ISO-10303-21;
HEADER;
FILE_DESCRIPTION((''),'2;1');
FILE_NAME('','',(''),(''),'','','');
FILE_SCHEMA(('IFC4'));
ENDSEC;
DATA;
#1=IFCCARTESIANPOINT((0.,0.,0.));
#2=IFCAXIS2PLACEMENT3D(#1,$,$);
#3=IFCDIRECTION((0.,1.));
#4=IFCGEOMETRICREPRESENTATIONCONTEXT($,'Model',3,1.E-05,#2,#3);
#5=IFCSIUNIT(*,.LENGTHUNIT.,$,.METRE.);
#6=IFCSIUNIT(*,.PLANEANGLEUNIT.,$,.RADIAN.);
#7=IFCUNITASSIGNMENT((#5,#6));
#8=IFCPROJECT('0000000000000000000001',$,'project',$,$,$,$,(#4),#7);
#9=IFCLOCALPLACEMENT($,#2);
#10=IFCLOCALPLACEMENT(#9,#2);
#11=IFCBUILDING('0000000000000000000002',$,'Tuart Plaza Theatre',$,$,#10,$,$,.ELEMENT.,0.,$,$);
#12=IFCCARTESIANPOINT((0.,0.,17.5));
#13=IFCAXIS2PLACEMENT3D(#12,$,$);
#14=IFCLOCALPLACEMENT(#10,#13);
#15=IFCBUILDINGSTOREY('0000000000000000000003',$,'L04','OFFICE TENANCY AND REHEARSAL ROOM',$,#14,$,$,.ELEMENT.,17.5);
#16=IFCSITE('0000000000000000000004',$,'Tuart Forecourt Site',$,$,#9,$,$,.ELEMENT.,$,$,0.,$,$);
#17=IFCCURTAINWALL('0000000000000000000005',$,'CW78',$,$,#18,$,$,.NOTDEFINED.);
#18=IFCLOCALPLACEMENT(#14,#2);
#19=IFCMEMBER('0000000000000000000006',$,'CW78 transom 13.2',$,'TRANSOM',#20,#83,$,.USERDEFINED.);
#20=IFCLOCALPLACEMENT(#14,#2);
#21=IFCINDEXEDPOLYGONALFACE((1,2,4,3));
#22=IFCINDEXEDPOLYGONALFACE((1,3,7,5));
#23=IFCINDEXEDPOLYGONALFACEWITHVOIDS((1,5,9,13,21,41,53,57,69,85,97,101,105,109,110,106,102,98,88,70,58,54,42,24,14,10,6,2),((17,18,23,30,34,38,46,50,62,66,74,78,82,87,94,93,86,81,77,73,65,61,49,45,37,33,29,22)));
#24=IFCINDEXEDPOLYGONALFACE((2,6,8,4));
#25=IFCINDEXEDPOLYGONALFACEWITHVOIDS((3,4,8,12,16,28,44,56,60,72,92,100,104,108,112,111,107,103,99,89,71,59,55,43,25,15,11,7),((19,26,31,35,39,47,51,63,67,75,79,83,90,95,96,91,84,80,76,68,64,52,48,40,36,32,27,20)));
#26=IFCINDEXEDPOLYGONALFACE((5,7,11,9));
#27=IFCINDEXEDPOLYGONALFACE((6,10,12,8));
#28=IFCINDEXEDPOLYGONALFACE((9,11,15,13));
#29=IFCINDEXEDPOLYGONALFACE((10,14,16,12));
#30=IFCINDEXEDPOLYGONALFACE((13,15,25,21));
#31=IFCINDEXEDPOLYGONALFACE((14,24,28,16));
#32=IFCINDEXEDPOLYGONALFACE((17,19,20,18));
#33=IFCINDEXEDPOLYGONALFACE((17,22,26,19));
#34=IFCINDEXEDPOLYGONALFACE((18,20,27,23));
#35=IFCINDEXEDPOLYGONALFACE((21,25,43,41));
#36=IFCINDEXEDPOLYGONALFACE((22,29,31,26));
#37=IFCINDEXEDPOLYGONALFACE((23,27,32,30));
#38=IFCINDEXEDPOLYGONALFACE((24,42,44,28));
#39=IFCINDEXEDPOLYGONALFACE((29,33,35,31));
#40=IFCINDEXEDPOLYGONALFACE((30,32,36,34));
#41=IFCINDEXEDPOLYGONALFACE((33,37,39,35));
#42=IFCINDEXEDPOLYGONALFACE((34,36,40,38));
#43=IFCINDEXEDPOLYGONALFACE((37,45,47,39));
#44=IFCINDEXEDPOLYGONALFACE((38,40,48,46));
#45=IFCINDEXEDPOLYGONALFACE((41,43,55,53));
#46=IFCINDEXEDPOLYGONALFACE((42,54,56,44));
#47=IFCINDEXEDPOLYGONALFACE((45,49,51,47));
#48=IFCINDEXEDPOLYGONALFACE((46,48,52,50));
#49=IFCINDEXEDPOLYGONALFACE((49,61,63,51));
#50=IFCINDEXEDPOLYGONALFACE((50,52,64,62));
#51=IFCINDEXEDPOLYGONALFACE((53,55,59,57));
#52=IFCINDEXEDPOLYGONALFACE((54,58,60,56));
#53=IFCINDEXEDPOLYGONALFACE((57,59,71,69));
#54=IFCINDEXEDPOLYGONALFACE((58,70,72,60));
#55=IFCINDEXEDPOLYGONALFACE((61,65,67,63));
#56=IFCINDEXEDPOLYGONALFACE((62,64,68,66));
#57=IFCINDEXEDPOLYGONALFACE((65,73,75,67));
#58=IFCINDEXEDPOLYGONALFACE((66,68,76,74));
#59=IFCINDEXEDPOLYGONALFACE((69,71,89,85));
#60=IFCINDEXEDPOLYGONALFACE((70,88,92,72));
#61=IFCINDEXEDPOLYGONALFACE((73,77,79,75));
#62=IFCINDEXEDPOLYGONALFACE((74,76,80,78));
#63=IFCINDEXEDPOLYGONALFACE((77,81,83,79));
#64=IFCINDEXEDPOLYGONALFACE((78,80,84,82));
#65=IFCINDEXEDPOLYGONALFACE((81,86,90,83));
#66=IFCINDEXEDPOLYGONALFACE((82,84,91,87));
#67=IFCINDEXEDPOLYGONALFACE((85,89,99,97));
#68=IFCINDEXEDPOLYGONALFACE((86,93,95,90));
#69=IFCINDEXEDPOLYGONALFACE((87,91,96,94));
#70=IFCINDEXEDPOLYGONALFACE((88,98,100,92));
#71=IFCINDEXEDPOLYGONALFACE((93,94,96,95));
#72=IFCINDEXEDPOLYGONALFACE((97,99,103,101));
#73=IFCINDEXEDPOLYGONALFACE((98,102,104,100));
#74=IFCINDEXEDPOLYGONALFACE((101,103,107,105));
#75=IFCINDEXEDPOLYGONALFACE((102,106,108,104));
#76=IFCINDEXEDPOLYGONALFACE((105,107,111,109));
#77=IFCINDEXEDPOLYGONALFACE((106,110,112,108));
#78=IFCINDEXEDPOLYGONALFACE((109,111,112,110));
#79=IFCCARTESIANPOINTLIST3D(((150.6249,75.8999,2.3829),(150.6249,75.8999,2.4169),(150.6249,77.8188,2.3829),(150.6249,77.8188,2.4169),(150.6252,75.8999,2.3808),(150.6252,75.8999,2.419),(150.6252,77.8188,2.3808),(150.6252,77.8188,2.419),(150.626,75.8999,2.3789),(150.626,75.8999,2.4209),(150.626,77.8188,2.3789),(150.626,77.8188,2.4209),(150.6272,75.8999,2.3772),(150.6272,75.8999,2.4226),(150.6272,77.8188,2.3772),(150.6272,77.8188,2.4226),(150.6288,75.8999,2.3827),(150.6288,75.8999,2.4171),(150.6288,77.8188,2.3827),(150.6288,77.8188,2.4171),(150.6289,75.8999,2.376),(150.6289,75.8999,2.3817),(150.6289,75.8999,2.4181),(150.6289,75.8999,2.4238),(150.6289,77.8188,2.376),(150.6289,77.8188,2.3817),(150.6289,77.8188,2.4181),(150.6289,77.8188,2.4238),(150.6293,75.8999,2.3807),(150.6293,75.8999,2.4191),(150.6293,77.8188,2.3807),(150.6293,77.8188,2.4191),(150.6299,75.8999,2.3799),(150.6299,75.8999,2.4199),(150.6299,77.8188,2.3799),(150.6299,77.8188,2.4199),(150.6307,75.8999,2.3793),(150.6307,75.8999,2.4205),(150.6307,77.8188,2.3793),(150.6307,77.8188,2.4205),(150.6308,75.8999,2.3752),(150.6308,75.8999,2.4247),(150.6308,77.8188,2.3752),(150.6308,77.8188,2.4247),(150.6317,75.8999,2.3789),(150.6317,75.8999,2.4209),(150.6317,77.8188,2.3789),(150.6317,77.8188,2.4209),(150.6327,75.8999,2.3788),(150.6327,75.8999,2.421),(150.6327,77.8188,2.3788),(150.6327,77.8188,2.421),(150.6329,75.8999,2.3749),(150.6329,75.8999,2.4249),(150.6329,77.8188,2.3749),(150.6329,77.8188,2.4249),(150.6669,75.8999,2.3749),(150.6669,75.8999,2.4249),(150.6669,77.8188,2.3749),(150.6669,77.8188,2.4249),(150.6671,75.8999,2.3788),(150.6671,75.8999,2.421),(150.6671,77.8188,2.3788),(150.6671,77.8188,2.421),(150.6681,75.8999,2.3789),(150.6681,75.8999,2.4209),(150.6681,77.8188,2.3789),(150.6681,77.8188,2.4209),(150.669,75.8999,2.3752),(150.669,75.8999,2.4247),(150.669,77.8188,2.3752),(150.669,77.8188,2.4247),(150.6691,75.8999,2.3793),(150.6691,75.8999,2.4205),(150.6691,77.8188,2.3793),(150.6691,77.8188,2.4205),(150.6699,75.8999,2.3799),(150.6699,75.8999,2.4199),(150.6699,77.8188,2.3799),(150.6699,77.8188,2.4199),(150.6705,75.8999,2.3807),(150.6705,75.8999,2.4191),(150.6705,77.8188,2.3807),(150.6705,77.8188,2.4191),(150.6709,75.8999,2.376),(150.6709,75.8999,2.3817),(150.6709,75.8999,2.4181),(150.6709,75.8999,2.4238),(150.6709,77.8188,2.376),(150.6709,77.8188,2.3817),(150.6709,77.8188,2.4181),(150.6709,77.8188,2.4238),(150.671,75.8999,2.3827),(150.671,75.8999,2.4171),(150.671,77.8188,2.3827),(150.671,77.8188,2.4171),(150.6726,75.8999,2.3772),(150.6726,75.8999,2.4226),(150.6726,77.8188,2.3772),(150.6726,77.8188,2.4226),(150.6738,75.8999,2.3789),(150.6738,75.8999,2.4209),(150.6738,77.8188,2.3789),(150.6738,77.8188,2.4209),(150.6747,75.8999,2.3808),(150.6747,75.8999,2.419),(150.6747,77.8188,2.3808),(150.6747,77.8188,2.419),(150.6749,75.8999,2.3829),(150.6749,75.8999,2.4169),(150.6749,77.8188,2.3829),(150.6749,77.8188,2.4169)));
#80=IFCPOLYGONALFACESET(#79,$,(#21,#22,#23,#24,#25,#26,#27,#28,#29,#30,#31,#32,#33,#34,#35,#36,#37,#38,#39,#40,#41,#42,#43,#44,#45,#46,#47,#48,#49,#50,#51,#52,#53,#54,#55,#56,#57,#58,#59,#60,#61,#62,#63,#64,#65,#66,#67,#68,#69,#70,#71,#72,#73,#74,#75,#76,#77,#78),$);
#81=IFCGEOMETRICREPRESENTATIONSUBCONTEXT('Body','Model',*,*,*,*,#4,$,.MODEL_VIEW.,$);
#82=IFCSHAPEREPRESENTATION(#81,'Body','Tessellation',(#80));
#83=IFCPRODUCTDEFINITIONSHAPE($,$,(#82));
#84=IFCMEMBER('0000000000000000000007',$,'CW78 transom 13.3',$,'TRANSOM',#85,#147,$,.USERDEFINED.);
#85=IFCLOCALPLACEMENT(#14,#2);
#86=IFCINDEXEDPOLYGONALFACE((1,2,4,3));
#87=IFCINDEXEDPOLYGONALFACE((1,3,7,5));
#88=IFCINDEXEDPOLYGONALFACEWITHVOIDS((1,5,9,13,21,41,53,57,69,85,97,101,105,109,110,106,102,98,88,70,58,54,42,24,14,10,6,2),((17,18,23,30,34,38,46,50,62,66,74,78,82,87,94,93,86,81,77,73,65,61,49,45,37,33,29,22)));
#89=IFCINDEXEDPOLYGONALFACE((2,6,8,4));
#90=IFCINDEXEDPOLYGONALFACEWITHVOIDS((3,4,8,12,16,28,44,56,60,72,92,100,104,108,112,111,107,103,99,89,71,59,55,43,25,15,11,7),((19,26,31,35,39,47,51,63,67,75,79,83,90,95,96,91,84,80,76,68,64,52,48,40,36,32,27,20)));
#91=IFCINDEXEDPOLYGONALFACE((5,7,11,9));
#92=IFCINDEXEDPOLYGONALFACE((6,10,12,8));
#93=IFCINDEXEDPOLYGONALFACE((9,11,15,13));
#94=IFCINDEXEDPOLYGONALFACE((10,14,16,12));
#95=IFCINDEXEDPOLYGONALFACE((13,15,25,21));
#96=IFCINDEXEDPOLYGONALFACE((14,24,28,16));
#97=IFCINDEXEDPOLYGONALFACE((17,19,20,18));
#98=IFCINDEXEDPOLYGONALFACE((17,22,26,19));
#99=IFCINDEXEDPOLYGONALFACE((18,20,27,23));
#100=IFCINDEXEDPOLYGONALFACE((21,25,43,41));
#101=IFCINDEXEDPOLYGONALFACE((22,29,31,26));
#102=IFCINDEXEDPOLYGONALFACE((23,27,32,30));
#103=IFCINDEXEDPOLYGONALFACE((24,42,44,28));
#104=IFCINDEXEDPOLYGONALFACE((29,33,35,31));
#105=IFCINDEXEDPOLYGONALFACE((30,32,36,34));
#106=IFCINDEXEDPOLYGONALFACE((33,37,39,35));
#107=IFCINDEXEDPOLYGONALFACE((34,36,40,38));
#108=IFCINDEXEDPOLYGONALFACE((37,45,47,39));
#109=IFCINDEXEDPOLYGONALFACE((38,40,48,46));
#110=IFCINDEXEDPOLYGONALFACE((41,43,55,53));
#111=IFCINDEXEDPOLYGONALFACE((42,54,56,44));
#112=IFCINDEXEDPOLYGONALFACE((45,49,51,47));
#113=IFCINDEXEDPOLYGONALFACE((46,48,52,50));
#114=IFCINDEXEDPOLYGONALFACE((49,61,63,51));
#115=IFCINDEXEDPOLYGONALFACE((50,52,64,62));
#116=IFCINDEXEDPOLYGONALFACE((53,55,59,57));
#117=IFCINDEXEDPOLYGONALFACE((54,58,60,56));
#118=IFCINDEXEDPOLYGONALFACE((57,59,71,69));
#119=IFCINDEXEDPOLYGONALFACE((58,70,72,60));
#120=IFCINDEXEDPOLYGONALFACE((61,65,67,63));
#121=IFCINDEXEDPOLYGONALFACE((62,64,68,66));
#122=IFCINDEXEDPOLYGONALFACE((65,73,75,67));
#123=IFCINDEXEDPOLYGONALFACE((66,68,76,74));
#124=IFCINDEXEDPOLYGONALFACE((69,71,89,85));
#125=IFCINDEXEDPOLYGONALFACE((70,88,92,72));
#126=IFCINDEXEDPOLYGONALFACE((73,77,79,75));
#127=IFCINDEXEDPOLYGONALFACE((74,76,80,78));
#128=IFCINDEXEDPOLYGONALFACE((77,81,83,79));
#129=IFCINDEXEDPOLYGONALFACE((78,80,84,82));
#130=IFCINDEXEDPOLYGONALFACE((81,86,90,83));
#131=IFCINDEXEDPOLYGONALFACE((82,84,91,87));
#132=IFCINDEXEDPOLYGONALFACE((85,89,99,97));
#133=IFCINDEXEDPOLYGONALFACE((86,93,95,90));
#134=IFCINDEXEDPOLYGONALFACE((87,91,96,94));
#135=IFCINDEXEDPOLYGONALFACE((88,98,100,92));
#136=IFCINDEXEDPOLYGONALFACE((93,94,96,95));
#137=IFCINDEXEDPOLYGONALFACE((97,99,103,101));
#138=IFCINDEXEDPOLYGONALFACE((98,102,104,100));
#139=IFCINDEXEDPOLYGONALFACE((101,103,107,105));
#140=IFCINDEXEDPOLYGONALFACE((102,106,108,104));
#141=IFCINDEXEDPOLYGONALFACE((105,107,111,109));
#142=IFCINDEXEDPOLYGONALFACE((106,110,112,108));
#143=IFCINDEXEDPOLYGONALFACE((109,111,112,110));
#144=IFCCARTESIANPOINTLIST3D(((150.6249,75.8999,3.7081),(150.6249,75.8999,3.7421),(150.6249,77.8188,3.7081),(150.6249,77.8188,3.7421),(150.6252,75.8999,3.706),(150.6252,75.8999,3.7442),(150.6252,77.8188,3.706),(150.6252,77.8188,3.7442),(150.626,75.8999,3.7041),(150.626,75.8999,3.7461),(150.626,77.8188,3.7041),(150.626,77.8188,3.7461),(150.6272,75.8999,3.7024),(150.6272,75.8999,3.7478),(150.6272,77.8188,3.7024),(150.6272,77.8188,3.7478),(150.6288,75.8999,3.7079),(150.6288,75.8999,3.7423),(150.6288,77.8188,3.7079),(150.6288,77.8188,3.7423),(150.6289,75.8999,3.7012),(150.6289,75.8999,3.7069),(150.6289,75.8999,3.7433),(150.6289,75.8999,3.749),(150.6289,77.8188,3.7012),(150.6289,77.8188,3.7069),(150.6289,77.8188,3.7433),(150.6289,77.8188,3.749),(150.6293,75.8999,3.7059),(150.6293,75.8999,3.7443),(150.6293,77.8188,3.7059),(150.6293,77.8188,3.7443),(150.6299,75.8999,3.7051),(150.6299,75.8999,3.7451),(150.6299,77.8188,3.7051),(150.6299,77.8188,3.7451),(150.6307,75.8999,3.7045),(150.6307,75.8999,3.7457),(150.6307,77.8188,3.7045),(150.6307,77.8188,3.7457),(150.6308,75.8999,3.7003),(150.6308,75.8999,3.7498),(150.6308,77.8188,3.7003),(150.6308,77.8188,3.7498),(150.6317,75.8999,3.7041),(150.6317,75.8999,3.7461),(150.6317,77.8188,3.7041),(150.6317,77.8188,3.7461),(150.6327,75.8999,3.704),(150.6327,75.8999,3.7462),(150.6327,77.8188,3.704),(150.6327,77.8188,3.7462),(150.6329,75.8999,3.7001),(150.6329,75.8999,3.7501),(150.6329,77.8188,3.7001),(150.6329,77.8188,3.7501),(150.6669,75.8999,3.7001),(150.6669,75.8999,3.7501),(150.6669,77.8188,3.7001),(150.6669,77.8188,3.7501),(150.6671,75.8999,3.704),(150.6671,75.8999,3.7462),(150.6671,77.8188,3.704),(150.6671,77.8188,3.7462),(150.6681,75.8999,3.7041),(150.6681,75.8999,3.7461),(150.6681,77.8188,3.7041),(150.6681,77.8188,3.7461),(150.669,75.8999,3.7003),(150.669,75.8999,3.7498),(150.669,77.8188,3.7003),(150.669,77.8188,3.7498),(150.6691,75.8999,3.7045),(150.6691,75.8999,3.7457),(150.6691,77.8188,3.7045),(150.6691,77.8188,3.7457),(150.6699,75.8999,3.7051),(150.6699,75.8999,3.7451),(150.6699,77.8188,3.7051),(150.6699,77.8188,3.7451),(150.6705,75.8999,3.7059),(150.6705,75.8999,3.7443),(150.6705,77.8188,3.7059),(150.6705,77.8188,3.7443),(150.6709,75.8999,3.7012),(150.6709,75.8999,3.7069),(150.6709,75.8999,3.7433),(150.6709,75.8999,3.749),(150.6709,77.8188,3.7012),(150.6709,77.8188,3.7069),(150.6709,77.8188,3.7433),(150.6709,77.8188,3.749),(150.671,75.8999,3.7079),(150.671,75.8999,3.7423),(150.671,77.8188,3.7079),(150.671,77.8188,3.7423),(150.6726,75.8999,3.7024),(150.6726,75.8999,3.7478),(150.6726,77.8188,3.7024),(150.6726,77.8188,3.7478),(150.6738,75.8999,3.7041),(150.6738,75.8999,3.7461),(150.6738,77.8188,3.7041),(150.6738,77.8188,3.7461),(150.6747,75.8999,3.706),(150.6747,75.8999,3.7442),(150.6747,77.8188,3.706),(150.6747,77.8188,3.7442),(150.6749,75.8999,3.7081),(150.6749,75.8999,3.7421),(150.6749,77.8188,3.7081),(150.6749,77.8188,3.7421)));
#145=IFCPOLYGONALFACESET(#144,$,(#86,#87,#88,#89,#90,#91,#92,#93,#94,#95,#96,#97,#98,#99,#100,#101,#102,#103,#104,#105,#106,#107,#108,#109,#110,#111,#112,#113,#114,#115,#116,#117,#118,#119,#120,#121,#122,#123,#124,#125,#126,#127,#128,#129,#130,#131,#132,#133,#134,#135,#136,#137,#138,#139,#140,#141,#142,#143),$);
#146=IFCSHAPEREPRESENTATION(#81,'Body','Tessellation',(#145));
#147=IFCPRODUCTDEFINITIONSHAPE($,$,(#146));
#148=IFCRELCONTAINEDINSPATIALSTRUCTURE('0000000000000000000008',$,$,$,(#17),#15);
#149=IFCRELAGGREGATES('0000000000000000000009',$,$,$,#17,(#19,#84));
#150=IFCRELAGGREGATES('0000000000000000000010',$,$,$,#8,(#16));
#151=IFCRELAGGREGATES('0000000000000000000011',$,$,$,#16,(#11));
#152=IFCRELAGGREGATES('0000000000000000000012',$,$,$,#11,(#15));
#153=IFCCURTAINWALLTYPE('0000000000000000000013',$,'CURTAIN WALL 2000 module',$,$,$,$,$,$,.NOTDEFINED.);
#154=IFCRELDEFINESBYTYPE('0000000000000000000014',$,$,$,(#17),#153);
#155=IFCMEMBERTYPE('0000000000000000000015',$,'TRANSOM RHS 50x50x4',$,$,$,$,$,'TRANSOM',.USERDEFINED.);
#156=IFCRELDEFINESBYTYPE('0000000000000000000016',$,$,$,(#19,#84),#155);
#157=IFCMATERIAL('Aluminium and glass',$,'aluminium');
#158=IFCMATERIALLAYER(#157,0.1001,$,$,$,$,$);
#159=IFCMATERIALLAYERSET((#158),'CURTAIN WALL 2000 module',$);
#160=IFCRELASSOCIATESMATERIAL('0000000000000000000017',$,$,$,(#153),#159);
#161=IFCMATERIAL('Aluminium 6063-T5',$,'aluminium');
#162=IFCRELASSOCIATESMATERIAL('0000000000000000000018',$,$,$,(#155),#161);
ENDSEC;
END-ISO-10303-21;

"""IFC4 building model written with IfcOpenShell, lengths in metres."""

from ifc_helpers import new_model, si_unit, direction, frame, origin, origin_2d, place, context, subcontext, project, spatial, hollow_rectangle, extrude, material, layer, layer_set, material_profile, profile_set, type_object, element, aggregate, save


model = new_model("IFC4")

# Units and contexts
model_context = context("Model", 3, precision=1e-05, world=origin(), true_north=direction((0.0, 1.0)))
body_context = subcontext(model_context, "Body", "Model", "MODEL_VIEW")
ifc_project = project(units=[si_unit("LENGTHUNIT", "METRE"), si_unit("PLANEANGLEUNIT", "RADIAN")], contexts=[model_context])

# Site, building, storey
site_placement = place(None, origin())
site = spatial("IfcSite", under=ifc_project, at=site_placement, Name="Tuart Forecourt Site", CompositionType="ELEMENT", RefElevation=0.0)
building_placement = place(site_placement, origin())
building = spatial("IfcBuilding", under=site, at=building_placement, Name="Tuart Plaza Theatre", CompositionType="ELEMENT", ElevationOfRefHeight=0.0)
storey_placement = place(building_placement, frame((0.0, 0.0, 17.5)))
storey = spatial("IfcBuildingStorey", under=building, at=storey_placement, Name="L04", Description="OFFICE TENANCY AND REHEARSAL ROOM", CompositionType="ELEMENT", Elevation=17.5)

# Curtain wall
ifc_material_1 = material(Name="Aluminium and glass", Category="aluminium")
ifc_layer_1 = layer(ifc_material_1, 0.1001)
ifc_layer_set_1 = layer_set([ifc_layer_1], Name="CURTAIN WALL 2000 module")
curtain_wall_type = type_object("IfcCurtainWallType", Name="CURTAIN WALL 2000 module", PredefinedType="NOTDEFINED", material=ifc_layer_set_1)
curtain_wall_1_placement = place(storey_placement, origin())
curtain_wall_1 = element("IfcCurtainWall", 1, at=curtain_wall_1_placement, inside=storey, type_object=curtain_wall_type, Name="CW78", PredefinedType="NOTDEFINED")

# Members
ifc_material_2 = material(Name="Aluminium 6063-T5", Category="aluminium")
ifc_material_profile_1 = material_profile(ifc_material_2, hollow_rectangle(XDim=0.05, YDim=0.05, WallThickness=0.0039, InnerFilletRadius=0.0039, OuterFilletRadius=0.0081, at=origin_2d()), Name="RHS 50x50x4")
ifc_profile_set_1 = profile_set([ifc_material_profile_1], Name="Aluminium 6063-T5")
member_type_1 = type_object("IfcMemberType", Name="TRANSOM RHS 50x50x4", ElementType="TRANSOM", PredefinedType="USERDEFINED", material=ifc_profile_set_1)
member_1_placement = place(storey_placement, frame((150.6499, 75.8999, 2.3999), z_axis=(0.0, 1.0, 0.0), x_axis=(-1.0, 0.0, 0.0)))
member_1 = element("IfcMember", 2, at=member_1_placement, type_object=member_type_1, Name="CW78 transom 13.2", ObjectType="TRANSOM", PredefinedType="USERDEFINED", context=body_context, shape_type="SweptSolid", body=[
    extrude(hollow_rectangle(XDim=0.05, YDim=0.05, WallThickness=0.0039, InnerFilletRadius=0.0039, OuterFilletRadius=0.0081, at=origin_2d()), origin(), (0.0, 0.0, 1.0), 1.9189),
])
member_2_placement = place(storey_placement, frame((150.6499, 75.8999, 3.7251), z_axis=(0.0, 1.0, 0.0), x_axis=(-1.0, 0.0, 0.0)))
member_2 = element("IfcMember", 3, at=member_2_placement, type_object=member_type_1, Name="CW78 transom 13.3", ObjectType="TRANSOM", PredefinedType="USERDEFINED", context=body_context, shape_type="SweptSolid", body=[
    extrude(hollow_rectangle(XDim=0.05, YDim=0.05, WallThickness=0.0039, InnerFilletRadius=0.0039, OuterFilletRadius=0.0081, at=origin_2d()), origin(), (0.0, 0.0, 1.0), 1.9189),
])

aggregate(curtain_wall_1, [member_1, member_2])

save(model, "model.ifc")
